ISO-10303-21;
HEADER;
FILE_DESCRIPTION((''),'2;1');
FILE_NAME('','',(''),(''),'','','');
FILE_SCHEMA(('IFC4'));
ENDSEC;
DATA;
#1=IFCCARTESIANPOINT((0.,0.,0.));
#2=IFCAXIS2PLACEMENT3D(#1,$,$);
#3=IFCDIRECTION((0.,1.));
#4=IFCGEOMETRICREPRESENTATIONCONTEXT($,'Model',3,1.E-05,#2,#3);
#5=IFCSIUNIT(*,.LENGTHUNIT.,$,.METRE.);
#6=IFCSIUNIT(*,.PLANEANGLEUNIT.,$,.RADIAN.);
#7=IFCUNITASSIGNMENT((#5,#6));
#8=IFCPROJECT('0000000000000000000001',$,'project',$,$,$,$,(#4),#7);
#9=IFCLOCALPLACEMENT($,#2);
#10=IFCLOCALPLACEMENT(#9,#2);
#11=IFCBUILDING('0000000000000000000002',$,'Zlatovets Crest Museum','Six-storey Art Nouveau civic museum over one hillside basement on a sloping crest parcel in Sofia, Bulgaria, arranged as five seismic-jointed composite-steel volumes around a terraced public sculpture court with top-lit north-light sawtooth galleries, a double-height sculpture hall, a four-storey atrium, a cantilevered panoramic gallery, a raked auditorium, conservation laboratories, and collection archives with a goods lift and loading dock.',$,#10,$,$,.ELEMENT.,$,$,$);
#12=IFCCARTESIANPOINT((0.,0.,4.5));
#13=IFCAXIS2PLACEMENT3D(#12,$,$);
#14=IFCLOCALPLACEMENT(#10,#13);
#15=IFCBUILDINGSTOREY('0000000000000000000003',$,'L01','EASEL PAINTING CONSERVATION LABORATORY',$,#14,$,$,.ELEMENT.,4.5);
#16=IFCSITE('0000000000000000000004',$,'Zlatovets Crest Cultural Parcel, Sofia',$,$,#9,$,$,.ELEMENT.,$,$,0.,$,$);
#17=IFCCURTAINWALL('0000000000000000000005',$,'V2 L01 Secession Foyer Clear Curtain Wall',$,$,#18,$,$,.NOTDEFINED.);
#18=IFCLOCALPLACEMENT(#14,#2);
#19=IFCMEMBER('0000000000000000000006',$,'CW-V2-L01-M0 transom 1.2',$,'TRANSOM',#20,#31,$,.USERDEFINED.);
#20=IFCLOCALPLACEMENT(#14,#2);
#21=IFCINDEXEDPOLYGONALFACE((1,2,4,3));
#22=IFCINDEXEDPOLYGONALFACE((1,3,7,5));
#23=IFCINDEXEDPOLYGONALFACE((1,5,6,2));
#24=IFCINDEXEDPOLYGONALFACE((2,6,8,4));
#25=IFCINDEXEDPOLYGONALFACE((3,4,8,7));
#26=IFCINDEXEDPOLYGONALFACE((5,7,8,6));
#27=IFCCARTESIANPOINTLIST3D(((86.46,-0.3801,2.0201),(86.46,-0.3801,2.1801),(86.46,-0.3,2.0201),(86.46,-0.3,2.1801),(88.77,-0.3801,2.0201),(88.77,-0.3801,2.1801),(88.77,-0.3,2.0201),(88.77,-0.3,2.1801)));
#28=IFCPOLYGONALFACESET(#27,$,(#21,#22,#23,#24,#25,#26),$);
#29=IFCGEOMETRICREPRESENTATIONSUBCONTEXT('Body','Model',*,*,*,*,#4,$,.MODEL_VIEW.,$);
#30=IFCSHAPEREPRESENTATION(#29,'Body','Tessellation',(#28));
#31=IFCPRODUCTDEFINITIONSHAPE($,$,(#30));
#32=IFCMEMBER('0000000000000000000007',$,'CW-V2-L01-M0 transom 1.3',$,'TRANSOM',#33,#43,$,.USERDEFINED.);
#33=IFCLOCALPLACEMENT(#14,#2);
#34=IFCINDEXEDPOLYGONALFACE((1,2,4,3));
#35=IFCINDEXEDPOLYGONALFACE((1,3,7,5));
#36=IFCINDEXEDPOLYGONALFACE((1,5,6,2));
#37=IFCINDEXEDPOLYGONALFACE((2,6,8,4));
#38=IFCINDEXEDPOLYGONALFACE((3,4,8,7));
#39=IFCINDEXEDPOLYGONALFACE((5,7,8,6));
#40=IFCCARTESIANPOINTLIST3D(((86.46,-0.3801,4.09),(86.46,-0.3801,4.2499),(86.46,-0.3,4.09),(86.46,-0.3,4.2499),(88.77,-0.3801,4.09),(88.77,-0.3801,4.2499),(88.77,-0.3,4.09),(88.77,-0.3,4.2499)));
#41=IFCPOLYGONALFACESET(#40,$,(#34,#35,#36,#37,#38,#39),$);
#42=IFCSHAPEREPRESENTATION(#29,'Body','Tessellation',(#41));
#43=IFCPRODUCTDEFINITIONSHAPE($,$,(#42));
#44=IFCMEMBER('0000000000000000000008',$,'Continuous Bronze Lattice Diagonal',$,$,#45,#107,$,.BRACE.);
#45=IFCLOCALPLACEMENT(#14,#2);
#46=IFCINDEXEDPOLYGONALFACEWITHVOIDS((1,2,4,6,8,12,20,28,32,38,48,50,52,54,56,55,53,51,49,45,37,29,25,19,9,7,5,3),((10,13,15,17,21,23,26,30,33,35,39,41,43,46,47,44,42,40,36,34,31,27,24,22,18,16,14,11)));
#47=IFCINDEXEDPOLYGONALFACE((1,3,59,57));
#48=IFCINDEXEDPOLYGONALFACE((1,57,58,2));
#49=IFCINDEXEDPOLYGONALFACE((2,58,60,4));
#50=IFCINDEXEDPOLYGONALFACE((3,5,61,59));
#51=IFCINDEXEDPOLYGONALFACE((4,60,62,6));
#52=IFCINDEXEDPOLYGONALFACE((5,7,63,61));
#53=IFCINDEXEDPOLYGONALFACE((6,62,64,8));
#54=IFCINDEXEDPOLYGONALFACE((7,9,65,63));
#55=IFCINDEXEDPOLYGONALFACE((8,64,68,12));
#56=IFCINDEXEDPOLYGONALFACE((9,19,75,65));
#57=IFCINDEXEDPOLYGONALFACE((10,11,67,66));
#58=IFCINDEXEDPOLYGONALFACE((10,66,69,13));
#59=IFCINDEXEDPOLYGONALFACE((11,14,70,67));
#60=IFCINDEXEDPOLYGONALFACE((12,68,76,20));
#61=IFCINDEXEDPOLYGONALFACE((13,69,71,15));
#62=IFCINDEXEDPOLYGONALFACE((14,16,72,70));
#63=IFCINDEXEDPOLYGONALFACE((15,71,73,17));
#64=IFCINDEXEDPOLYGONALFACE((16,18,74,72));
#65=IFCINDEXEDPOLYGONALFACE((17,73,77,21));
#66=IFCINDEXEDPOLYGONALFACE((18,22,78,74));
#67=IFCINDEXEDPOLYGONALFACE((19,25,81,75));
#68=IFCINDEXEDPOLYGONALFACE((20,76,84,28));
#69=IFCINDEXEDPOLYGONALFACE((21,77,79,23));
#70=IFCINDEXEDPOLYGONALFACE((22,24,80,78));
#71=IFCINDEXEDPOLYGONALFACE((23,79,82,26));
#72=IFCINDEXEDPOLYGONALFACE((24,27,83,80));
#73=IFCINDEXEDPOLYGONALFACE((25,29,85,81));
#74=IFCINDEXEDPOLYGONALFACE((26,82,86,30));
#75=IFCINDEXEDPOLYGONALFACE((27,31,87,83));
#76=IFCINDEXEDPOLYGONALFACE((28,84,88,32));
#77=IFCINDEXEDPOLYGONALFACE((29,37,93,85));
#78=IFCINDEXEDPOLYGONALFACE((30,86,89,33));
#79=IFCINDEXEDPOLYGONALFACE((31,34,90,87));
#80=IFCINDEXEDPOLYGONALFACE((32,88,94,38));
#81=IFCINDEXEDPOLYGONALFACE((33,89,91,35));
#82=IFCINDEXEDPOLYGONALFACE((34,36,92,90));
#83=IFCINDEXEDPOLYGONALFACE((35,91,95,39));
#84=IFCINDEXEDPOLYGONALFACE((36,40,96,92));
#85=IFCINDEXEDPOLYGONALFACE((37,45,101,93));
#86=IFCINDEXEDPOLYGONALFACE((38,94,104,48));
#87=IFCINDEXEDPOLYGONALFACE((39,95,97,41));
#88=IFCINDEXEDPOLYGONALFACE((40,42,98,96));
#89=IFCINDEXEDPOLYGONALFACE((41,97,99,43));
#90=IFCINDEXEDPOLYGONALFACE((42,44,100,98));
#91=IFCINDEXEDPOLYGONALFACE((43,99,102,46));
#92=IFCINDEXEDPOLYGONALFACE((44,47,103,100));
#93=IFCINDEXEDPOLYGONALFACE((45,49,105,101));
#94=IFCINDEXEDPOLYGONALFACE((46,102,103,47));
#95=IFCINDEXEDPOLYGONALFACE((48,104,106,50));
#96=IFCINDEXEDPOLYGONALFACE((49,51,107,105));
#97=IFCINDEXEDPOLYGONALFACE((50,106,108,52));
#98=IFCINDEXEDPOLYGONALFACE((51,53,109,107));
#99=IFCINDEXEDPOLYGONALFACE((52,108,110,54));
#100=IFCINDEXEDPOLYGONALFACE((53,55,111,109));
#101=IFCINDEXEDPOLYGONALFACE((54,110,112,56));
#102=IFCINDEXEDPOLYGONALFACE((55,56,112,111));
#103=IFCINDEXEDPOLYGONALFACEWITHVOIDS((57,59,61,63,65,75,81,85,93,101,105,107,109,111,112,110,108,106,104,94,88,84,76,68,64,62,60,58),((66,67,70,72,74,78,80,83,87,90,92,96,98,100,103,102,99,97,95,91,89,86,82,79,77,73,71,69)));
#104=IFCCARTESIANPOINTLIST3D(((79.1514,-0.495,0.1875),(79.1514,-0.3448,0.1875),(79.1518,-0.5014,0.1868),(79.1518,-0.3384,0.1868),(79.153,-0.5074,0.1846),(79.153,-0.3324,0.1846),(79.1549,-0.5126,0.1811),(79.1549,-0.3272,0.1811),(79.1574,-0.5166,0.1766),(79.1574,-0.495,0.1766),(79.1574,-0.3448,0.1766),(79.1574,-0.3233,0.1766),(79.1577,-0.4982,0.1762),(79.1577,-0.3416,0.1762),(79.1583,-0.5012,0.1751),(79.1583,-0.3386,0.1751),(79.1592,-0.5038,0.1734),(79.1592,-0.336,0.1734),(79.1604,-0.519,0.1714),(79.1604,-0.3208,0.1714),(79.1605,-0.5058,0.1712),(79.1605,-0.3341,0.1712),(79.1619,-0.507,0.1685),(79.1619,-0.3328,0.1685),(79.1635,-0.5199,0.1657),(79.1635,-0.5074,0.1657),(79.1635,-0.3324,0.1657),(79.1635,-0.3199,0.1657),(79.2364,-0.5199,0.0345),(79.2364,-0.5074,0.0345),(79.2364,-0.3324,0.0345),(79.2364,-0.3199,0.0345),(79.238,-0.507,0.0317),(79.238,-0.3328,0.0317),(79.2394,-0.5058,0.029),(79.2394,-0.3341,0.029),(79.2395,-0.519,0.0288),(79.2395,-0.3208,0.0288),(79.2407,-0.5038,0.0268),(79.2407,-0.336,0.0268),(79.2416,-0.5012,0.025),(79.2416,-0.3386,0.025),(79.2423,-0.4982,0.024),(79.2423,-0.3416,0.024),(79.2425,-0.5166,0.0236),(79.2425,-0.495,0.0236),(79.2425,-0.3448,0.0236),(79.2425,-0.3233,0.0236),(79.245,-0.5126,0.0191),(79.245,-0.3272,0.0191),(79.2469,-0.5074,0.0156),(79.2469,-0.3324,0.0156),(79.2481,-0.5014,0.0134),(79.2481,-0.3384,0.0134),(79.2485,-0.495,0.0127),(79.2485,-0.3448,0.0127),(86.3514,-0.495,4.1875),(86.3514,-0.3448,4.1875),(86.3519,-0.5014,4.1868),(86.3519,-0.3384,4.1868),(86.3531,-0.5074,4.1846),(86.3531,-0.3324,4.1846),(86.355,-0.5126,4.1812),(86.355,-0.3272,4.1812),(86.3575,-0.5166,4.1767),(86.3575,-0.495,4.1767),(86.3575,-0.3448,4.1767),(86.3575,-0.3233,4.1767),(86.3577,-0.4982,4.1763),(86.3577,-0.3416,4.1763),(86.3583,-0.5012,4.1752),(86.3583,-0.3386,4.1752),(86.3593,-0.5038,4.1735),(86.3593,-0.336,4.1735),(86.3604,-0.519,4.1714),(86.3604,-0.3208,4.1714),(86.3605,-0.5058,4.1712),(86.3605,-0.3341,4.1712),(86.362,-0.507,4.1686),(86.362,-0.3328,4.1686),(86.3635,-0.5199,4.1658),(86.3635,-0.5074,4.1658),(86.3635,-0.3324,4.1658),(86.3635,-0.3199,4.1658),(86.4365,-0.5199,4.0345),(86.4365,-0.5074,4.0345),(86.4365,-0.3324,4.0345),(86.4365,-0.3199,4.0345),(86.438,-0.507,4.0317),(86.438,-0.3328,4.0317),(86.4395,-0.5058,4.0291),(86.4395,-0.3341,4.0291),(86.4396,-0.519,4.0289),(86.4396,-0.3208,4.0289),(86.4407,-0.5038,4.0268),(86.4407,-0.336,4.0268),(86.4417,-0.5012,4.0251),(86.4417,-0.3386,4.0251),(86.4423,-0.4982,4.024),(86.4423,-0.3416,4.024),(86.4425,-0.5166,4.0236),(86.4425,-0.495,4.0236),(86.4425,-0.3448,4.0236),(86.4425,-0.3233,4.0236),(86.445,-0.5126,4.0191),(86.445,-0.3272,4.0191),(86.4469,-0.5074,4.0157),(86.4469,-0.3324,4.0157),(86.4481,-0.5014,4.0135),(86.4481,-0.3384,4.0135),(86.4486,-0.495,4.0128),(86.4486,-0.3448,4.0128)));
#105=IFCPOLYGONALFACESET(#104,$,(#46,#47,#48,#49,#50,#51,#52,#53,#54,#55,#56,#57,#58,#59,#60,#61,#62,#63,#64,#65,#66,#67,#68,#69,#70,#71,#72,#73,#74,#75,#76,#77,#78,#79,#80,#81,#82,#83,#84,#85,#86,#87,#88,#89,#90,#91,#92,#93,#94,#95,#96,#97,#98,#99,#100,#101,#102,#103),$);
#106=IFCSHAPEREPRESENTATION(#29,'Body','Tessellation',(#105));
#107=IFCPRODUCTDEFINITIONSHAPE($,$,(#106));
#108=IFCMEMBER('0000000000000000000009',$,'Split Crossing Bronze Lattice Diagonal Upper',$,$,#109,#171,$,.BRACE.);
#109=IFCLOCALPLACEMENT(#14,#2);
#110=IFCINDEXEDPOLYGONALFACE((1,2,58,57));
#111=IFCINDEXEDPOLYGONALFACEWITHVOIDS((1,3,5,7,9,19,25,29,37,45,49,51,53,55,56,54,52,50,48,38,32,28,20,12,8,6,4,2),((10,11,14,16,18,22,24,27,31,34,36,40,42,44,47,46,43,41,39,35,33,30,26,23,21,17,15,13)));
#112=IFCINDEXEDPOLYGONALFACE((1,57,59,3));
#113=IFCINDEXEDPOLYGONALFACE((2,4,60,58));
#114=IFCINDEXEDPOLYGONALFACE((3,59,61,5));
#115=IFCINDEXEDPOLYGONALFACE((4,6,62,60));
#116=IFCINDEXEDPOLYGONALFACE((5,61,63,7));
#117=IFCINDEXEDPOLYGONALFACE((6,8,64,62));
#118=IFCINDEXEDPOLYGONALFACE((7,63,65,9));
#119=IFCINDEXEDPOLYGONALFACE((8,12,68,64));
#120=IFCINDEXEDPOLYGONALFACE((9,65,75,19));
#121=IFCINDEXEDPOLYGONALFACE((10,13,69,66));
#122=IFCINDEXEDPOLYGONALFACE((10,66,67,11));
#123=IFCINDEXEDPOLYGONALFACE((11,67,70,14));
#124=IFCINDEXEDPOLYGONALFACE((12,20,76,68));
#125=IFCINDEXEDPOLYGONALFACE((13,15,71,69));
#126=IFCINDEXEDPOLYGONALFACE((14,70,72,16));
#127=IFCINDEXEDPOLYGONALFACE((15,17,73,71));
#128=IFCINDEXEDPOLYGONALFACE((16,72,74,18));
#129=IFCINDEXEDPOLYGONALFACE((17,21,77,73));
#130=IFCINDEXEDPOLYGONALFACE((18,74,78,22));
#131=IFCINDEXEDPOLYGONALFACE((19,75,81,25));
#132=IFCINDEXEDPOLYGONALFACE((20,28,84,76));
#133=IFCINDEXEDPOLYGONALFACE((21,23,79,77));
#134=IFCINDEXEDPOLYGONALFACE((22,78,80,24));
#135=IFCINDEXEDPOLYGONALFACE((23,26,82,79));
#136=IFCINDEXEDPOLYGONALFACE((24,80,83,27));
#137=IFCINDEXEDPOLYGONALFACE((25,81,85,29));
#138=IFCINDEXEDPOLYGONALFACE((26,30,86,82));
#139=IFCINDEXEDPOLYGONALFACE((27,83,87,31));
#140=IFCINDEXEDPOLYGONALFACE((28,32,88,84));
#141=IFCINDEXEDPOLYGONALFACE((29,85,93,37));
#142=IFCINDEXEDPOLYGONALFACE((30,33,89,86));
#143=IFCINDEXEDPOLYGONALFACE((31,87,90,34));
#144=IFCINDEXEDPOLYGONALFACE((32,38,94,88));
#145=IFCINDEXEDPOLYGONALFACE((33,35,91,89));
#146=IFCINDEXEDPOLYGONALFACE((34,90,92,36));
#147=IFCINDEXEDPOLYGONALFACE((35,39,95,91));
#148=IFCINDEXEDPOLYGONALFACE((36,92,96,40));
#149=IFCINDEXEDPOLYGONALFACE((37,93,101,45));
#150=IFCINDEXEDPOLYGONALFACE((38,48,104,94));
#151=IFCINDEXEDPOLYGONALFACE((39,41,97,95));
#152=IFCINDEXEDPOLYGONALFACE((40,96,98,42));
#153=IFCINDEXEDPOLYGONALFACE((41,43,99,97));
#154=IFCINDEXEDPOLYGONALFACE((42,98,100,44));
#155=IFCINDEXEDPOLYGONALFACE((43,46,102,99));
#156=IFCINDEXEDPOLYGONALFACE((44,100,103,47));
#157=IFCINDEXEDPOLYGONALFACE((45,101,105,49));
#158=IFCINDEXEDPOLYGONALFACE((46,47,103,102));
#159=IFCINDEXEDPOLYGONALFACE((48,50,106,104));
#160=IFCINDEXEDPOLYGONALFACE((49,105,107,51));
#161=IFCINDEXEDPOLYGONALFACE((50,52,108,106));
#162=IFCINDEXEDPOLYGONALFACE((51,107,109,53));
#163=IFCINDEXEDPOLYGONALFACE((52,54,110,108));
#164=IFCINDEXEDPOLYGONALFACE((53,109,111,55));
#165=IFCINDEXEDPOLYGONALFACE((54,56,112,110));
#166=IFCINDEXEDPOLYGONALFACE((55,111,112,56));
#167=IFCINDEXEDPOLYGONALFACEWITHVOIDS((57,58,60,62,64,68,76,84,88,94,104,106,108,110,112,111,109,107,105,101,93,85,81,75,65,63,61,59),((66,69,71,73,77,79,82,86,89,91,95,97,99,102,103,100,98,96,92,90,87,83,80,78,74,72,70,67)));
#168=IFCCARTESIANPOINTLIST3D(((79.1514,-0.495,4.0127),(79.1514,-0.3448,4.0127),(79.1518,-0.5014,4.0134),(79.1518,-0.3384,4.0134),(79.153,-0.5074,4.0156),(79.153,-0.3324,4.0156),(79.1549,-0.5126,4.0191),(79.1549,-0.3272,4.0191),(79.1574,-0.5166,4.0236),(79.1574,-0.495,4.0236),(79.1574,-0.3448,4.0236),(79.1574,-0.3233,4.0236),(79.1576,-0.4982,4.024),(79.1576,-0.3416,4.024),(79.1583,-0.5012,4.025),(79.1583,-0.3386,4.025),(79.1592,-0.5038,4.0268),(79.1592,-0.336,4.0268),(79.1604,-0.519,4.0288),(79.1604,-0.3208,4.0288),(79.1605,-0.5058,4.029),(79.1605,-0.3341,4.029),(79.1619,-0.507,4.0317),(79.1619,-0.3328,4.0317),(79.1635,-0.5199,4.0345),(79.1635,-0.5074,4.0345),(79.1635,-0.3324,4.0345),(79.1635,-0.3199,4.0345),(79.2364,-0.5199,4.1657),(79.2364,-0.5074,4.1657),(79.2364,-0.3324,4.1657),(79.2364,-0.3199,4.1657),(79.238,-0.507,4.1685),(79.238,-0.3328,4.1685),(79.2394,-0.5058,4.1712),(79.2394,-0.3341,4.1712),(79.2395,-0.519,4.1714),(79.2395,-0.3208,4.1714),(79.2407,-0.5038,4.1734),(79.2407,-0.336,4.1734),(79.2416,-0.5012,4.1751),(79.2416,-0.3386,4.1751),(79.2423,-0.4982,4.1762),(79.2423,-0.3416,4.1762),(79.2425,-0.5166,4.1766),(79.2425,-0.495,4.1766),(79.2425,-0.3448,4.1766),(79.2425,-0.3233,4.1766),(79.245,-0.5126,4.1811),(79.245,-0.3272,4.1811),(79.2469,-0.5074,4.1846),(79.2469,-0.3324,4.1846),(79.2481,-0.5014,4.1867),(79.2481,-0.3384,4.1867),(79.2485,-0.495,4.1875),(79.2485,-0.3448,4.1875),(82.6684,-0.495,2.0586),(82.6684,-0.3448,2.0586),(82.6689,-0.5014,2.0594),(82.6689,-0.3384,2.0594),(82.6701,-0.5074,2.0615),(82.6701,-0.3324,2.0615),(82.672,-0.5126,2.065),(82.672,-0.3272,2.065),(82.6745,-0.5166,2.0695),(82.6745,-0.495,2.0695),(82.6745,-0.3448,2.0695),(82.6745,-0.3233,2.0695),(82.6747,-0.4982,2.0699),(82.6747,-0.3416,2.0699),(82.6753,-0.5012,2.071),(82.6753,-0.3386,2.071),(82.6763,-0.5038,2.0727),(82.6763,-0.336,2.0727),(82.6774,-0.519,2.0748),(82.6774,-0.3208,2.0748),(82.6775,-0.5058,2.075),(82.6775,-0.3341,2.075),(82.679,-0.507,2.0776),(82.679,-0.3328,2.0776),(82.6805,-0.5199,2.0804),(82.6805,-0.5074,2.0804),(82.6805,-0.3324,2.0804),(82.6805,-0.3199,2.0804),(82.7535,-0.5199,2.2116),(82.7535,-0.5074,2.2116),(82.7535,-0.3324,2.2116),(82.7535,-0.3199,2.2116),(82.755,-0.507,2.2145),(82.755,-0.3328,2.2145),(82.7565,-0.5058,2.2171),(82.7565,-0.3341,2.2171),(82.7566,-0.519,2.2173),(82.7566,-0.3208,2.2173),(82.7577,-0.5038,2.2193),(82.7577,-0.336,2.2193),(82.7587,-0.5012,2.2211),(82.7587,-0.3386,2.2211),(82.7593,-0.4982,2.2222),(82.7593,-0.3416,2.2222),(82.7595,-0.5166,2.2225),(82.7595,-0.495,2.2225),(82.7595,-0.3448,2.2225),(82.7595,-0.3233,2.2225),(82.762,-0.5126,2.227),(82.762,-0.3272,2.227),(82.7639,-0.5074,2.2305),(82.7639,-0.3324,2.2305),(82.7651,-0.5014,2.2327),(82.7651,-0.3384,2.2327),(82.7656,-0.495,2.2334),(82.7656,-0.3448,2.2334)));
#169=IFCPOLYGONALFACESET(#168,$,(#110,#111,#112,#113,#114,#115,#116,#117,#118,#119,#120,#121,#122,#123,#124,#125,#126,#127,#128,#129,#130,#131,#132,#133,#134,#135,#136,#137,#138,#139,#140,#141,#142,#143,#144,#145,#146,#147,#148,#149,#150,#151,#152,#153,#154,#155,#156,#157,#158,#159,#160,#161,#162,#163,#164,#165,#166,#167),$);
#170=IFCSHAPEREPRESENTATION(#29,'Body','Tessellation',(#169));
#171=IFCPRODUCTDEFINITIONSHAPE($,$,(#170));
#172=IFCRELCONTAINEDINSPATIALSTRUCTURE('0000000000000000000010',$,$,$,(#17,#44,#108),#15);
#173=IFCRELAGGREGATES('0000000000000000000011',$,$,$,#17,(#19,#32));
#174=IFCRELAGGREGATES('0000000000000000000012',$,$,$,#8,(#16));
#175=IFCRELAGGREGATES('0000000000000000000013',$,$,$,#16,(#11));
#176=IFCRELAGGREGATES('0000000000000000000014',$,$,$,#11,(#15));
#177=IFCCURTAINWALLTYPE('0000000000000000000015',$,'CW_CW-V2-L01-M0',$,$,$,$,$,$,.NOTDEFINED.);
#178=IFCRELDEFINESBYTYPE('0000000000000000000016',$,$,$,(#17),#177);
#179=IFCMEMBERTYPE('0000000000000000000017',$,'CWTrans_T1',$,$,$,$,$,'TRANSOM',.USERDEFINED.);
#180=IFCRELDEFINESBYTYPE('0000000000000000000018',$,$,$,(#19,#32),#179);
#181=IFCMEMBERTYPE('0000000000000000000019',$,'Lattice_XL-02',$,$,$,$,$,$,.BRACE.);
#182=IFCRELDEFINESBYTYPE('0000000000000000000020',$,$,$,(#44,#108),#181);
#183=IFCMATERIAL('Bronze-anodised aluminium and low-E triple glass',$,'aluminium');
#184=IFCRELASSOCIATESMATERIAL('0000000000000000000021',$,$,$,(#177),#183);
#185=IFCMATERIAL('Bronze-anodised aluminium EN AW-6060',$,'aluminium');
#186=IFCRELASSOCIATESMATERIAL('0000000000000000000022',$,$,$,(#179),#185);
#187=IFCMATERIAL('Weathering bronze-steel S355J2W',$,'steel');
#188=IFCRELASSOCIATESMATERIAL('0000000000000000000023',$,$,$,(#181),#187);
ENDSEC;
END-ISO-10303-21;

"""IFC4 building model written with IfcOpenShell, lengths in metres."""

from ifc_helpers import new_model, si_unit, direction, frame, origin, origin_2d, place, context, subcontext, project, spatial, rectangle, hollow_rectangle, extrude, material, material_profile, profile_set, type_object, element, aggregate, save


model = new_model("IFC4")

# Units and contexts
model_context = context("Model", 3, precision=1e-05, world=origin(), true_north=direction((0.0, 1.0)))
body_context = subcontext(model_context, "Body", "Model", "MODEL_VIEW")
ifc_project = project(units=[si_unit("LENGTHUNIT", "METRE"), si_unit("PLANEANGLEUNIT", "RADIAN")], contexts=[model_context])

# Site, building, storey
site_placement = place(None, origin())
site = spatial("IfcSite", under=ifc_project, at=site_placement, Name="Zlatovets Crest Cultural Parcel, Sofia", CompositionType="ELEMENT", RefElevation=0.0)
building_placement = place(site_placement, origin())
building = spatial("IfcBuilding", under=site, at=building_placement, Name="Zlatovets Crest Museum", Description="Six-storey Art Nouveau civic museum over one hillside basement on a sloping crest parcel in Sofia, Bulgaria, arranged as five seismic-jointed composite-steel volumes around a terraced public sculpture court with top-lit north-light sawtooth galleries, a double-height sculpture hall, a four-storey atrium, a cantilevered panoramic gallery, a raked auditorium, conservation laboratories, and collection archives with a goods lift and loading dock.", CompositionType="ELEMENT")
storey_placement = place(building_placement, frame((0.0, 0.0, 4.5)))
storey = spatial("IfcBuildingStorey", under=building, at=storey_placement, Name="L01", Description="EASEL PAINTING CONSERVATION LABORATORY", CompositionType="ELEMENT", Elevation=4.5)

# Shared definitions
ifc_material_1 = material(Name="Bronze-anodised aluminium and low-E triple glass", Category="aluminium")
ifc_material_2 = material(Name="Bronze-anodised aluminium EN AW-6060", Category="aluminium")

# Curtain wall
curtain_wall_type_1 = type_object("IfcCurtainWallType", Name="CW_CW-V2-L01-M0", PredefinedType="NOTDEFINED", material=ifc_material_1)
curtain_wall_1_placement = place(storey_placement, origin())
curtain_wall_1 = element("IfcCurtainWall", 1, at=curtain_wall_1_placement, inside=storey, type_object=curtain_wall_type_1, Name="V2 L01 Secession Foyer Clear Curtain Wall", PredefinedType="NOTDEFINED")

# Members
ifc_material_profile_1 = material_profile(ifc_material_2, rectangle(XDim=0.0801, YDim=0.1599, at=origin_2d()), Name="ALU 80x160")
ifc_profile_set_1 = profile_set([ifc_material_profile_1], Name="Bronze-anodised aluminium EN AW-6060")
member_type_1 = type_object("IfcMemberType", Name="CWTrans_T1", ElementType="TRANSOM", PredefinedType="USERDEFINED", material=ifc_profile_set_1)
member_1_placement = place(storey_placement, frame((86.46, -0.3401, 2.1001), z_axis=(1.0, 0.0, 0.0), x_axis=(0.0, 1.0, 0.0)))
member_1 = element("IfcMember", 2, at=member_1_placement, type_object=member_type_1, Name="CW-V2-L01-M0 transom 1.2", ObjectType="TRANSOM", PredefinedType="USERDEFINED", context=body_context, shape_type="SweptSolid", body=[
    extrude(rectangle(XDim=0.0801, YDim=0.1599, at=origin_2d()), origin(), (0.0, 0.0, 1.0), 2.3101),
])
member_2_placement = place(storey_placement, frame((86.46, -0.3401, 4.1699), z_axis=(1.0, 0.0, 0.0), x_axis=(0.0, 1.0, 0.0)))
member_2 = element("IfcMember", 3, at=member_2_placement, type_object=member_type_1, Name="CW-V2-L01-M0 transom 1.3", ObjectType="TRANSOM", PredefinedType="USERDEFINED", context=body_context, shape_type="SweptSolid", body=[
    extrude(rectangle(XDim=0.0801, YDim=0.1599, at=origin_2d()), origin(), (0.0, 0.0, 1.0), 2.3101),
])
aggregate(curtain_wall_1, [member_1, member_2])

# Members
ifc_material_3 = material(Name="Weathering bronze-steel S355J2W", Category="steel")
ifc_material_profile_2 = material_profile(ifc_material_3, hollow_rectangle(XDim=0.2, YDim=0.2, WallThickness=0.0125, InnerFilletRadius=0.0125, OuterFilletRadius=0.0249, at=origin_2d()), Name="SHS 200x200x12.5")
ifc_profile_set_2 = profile_set([ifc_material_profile_2], Name="Weathering bronze-steel S355J2W")
member_type_2 = type_object("IfcMemberType", Name="Lattice_XL-02", PredefinedType="BRACE", material=ifc_profile_set_2)
member_3_placement = place(storey_placement, frame((79.2, -0.4199, 0.1001), z_axis=(0.874156, 0.0, 0.485645), x_axis=(0.0, 1.0, 0.0)))
element("IfcMember", 4, at=member_3_placement, inside=storey, type_object=member_type_2, Name="Continuous Bronze Lattice Diagonal", PredefinedType="BRACE", context=body_context, shape_type="SweptSolid", body=[
    extrude(hollow_rectangle(XDim=0.2, YDim=0.2, WallThickness=0.0125, InnerFilletRadius=0.0125, OuterFilletRadius=0.0249, at=origin_2d()), origin(), (0.0, 0.0, 1.0), 8.2366),
])
member_4_placement = place(storey_placement, frame((79.2, -0.4199, 4.1001), z_axis=(0.87414, 0.0, -0.485674), x_axis=(0.0, 1.0, 0.0)))
element("IfcMember", 5, at=member_4_placement, inside=storey, type_object=member_type_2, Name="Split Crossing Bronze Lattice Diagonal Upper", PredefinedType="BRACE", context=body_context, shape_type="SweptSolid", body=[
    extrude(hollow_rectangle(XDim=0.2, YDim=0.2, WallThickness=0.0125, InnerFilletRadius=0.0125, OuterFilletRadius=0.0249, at=origin_2d()), origin(), (0.0, 0.0, 1.0), 4.0234),
])

save(model, "model.ifc")
